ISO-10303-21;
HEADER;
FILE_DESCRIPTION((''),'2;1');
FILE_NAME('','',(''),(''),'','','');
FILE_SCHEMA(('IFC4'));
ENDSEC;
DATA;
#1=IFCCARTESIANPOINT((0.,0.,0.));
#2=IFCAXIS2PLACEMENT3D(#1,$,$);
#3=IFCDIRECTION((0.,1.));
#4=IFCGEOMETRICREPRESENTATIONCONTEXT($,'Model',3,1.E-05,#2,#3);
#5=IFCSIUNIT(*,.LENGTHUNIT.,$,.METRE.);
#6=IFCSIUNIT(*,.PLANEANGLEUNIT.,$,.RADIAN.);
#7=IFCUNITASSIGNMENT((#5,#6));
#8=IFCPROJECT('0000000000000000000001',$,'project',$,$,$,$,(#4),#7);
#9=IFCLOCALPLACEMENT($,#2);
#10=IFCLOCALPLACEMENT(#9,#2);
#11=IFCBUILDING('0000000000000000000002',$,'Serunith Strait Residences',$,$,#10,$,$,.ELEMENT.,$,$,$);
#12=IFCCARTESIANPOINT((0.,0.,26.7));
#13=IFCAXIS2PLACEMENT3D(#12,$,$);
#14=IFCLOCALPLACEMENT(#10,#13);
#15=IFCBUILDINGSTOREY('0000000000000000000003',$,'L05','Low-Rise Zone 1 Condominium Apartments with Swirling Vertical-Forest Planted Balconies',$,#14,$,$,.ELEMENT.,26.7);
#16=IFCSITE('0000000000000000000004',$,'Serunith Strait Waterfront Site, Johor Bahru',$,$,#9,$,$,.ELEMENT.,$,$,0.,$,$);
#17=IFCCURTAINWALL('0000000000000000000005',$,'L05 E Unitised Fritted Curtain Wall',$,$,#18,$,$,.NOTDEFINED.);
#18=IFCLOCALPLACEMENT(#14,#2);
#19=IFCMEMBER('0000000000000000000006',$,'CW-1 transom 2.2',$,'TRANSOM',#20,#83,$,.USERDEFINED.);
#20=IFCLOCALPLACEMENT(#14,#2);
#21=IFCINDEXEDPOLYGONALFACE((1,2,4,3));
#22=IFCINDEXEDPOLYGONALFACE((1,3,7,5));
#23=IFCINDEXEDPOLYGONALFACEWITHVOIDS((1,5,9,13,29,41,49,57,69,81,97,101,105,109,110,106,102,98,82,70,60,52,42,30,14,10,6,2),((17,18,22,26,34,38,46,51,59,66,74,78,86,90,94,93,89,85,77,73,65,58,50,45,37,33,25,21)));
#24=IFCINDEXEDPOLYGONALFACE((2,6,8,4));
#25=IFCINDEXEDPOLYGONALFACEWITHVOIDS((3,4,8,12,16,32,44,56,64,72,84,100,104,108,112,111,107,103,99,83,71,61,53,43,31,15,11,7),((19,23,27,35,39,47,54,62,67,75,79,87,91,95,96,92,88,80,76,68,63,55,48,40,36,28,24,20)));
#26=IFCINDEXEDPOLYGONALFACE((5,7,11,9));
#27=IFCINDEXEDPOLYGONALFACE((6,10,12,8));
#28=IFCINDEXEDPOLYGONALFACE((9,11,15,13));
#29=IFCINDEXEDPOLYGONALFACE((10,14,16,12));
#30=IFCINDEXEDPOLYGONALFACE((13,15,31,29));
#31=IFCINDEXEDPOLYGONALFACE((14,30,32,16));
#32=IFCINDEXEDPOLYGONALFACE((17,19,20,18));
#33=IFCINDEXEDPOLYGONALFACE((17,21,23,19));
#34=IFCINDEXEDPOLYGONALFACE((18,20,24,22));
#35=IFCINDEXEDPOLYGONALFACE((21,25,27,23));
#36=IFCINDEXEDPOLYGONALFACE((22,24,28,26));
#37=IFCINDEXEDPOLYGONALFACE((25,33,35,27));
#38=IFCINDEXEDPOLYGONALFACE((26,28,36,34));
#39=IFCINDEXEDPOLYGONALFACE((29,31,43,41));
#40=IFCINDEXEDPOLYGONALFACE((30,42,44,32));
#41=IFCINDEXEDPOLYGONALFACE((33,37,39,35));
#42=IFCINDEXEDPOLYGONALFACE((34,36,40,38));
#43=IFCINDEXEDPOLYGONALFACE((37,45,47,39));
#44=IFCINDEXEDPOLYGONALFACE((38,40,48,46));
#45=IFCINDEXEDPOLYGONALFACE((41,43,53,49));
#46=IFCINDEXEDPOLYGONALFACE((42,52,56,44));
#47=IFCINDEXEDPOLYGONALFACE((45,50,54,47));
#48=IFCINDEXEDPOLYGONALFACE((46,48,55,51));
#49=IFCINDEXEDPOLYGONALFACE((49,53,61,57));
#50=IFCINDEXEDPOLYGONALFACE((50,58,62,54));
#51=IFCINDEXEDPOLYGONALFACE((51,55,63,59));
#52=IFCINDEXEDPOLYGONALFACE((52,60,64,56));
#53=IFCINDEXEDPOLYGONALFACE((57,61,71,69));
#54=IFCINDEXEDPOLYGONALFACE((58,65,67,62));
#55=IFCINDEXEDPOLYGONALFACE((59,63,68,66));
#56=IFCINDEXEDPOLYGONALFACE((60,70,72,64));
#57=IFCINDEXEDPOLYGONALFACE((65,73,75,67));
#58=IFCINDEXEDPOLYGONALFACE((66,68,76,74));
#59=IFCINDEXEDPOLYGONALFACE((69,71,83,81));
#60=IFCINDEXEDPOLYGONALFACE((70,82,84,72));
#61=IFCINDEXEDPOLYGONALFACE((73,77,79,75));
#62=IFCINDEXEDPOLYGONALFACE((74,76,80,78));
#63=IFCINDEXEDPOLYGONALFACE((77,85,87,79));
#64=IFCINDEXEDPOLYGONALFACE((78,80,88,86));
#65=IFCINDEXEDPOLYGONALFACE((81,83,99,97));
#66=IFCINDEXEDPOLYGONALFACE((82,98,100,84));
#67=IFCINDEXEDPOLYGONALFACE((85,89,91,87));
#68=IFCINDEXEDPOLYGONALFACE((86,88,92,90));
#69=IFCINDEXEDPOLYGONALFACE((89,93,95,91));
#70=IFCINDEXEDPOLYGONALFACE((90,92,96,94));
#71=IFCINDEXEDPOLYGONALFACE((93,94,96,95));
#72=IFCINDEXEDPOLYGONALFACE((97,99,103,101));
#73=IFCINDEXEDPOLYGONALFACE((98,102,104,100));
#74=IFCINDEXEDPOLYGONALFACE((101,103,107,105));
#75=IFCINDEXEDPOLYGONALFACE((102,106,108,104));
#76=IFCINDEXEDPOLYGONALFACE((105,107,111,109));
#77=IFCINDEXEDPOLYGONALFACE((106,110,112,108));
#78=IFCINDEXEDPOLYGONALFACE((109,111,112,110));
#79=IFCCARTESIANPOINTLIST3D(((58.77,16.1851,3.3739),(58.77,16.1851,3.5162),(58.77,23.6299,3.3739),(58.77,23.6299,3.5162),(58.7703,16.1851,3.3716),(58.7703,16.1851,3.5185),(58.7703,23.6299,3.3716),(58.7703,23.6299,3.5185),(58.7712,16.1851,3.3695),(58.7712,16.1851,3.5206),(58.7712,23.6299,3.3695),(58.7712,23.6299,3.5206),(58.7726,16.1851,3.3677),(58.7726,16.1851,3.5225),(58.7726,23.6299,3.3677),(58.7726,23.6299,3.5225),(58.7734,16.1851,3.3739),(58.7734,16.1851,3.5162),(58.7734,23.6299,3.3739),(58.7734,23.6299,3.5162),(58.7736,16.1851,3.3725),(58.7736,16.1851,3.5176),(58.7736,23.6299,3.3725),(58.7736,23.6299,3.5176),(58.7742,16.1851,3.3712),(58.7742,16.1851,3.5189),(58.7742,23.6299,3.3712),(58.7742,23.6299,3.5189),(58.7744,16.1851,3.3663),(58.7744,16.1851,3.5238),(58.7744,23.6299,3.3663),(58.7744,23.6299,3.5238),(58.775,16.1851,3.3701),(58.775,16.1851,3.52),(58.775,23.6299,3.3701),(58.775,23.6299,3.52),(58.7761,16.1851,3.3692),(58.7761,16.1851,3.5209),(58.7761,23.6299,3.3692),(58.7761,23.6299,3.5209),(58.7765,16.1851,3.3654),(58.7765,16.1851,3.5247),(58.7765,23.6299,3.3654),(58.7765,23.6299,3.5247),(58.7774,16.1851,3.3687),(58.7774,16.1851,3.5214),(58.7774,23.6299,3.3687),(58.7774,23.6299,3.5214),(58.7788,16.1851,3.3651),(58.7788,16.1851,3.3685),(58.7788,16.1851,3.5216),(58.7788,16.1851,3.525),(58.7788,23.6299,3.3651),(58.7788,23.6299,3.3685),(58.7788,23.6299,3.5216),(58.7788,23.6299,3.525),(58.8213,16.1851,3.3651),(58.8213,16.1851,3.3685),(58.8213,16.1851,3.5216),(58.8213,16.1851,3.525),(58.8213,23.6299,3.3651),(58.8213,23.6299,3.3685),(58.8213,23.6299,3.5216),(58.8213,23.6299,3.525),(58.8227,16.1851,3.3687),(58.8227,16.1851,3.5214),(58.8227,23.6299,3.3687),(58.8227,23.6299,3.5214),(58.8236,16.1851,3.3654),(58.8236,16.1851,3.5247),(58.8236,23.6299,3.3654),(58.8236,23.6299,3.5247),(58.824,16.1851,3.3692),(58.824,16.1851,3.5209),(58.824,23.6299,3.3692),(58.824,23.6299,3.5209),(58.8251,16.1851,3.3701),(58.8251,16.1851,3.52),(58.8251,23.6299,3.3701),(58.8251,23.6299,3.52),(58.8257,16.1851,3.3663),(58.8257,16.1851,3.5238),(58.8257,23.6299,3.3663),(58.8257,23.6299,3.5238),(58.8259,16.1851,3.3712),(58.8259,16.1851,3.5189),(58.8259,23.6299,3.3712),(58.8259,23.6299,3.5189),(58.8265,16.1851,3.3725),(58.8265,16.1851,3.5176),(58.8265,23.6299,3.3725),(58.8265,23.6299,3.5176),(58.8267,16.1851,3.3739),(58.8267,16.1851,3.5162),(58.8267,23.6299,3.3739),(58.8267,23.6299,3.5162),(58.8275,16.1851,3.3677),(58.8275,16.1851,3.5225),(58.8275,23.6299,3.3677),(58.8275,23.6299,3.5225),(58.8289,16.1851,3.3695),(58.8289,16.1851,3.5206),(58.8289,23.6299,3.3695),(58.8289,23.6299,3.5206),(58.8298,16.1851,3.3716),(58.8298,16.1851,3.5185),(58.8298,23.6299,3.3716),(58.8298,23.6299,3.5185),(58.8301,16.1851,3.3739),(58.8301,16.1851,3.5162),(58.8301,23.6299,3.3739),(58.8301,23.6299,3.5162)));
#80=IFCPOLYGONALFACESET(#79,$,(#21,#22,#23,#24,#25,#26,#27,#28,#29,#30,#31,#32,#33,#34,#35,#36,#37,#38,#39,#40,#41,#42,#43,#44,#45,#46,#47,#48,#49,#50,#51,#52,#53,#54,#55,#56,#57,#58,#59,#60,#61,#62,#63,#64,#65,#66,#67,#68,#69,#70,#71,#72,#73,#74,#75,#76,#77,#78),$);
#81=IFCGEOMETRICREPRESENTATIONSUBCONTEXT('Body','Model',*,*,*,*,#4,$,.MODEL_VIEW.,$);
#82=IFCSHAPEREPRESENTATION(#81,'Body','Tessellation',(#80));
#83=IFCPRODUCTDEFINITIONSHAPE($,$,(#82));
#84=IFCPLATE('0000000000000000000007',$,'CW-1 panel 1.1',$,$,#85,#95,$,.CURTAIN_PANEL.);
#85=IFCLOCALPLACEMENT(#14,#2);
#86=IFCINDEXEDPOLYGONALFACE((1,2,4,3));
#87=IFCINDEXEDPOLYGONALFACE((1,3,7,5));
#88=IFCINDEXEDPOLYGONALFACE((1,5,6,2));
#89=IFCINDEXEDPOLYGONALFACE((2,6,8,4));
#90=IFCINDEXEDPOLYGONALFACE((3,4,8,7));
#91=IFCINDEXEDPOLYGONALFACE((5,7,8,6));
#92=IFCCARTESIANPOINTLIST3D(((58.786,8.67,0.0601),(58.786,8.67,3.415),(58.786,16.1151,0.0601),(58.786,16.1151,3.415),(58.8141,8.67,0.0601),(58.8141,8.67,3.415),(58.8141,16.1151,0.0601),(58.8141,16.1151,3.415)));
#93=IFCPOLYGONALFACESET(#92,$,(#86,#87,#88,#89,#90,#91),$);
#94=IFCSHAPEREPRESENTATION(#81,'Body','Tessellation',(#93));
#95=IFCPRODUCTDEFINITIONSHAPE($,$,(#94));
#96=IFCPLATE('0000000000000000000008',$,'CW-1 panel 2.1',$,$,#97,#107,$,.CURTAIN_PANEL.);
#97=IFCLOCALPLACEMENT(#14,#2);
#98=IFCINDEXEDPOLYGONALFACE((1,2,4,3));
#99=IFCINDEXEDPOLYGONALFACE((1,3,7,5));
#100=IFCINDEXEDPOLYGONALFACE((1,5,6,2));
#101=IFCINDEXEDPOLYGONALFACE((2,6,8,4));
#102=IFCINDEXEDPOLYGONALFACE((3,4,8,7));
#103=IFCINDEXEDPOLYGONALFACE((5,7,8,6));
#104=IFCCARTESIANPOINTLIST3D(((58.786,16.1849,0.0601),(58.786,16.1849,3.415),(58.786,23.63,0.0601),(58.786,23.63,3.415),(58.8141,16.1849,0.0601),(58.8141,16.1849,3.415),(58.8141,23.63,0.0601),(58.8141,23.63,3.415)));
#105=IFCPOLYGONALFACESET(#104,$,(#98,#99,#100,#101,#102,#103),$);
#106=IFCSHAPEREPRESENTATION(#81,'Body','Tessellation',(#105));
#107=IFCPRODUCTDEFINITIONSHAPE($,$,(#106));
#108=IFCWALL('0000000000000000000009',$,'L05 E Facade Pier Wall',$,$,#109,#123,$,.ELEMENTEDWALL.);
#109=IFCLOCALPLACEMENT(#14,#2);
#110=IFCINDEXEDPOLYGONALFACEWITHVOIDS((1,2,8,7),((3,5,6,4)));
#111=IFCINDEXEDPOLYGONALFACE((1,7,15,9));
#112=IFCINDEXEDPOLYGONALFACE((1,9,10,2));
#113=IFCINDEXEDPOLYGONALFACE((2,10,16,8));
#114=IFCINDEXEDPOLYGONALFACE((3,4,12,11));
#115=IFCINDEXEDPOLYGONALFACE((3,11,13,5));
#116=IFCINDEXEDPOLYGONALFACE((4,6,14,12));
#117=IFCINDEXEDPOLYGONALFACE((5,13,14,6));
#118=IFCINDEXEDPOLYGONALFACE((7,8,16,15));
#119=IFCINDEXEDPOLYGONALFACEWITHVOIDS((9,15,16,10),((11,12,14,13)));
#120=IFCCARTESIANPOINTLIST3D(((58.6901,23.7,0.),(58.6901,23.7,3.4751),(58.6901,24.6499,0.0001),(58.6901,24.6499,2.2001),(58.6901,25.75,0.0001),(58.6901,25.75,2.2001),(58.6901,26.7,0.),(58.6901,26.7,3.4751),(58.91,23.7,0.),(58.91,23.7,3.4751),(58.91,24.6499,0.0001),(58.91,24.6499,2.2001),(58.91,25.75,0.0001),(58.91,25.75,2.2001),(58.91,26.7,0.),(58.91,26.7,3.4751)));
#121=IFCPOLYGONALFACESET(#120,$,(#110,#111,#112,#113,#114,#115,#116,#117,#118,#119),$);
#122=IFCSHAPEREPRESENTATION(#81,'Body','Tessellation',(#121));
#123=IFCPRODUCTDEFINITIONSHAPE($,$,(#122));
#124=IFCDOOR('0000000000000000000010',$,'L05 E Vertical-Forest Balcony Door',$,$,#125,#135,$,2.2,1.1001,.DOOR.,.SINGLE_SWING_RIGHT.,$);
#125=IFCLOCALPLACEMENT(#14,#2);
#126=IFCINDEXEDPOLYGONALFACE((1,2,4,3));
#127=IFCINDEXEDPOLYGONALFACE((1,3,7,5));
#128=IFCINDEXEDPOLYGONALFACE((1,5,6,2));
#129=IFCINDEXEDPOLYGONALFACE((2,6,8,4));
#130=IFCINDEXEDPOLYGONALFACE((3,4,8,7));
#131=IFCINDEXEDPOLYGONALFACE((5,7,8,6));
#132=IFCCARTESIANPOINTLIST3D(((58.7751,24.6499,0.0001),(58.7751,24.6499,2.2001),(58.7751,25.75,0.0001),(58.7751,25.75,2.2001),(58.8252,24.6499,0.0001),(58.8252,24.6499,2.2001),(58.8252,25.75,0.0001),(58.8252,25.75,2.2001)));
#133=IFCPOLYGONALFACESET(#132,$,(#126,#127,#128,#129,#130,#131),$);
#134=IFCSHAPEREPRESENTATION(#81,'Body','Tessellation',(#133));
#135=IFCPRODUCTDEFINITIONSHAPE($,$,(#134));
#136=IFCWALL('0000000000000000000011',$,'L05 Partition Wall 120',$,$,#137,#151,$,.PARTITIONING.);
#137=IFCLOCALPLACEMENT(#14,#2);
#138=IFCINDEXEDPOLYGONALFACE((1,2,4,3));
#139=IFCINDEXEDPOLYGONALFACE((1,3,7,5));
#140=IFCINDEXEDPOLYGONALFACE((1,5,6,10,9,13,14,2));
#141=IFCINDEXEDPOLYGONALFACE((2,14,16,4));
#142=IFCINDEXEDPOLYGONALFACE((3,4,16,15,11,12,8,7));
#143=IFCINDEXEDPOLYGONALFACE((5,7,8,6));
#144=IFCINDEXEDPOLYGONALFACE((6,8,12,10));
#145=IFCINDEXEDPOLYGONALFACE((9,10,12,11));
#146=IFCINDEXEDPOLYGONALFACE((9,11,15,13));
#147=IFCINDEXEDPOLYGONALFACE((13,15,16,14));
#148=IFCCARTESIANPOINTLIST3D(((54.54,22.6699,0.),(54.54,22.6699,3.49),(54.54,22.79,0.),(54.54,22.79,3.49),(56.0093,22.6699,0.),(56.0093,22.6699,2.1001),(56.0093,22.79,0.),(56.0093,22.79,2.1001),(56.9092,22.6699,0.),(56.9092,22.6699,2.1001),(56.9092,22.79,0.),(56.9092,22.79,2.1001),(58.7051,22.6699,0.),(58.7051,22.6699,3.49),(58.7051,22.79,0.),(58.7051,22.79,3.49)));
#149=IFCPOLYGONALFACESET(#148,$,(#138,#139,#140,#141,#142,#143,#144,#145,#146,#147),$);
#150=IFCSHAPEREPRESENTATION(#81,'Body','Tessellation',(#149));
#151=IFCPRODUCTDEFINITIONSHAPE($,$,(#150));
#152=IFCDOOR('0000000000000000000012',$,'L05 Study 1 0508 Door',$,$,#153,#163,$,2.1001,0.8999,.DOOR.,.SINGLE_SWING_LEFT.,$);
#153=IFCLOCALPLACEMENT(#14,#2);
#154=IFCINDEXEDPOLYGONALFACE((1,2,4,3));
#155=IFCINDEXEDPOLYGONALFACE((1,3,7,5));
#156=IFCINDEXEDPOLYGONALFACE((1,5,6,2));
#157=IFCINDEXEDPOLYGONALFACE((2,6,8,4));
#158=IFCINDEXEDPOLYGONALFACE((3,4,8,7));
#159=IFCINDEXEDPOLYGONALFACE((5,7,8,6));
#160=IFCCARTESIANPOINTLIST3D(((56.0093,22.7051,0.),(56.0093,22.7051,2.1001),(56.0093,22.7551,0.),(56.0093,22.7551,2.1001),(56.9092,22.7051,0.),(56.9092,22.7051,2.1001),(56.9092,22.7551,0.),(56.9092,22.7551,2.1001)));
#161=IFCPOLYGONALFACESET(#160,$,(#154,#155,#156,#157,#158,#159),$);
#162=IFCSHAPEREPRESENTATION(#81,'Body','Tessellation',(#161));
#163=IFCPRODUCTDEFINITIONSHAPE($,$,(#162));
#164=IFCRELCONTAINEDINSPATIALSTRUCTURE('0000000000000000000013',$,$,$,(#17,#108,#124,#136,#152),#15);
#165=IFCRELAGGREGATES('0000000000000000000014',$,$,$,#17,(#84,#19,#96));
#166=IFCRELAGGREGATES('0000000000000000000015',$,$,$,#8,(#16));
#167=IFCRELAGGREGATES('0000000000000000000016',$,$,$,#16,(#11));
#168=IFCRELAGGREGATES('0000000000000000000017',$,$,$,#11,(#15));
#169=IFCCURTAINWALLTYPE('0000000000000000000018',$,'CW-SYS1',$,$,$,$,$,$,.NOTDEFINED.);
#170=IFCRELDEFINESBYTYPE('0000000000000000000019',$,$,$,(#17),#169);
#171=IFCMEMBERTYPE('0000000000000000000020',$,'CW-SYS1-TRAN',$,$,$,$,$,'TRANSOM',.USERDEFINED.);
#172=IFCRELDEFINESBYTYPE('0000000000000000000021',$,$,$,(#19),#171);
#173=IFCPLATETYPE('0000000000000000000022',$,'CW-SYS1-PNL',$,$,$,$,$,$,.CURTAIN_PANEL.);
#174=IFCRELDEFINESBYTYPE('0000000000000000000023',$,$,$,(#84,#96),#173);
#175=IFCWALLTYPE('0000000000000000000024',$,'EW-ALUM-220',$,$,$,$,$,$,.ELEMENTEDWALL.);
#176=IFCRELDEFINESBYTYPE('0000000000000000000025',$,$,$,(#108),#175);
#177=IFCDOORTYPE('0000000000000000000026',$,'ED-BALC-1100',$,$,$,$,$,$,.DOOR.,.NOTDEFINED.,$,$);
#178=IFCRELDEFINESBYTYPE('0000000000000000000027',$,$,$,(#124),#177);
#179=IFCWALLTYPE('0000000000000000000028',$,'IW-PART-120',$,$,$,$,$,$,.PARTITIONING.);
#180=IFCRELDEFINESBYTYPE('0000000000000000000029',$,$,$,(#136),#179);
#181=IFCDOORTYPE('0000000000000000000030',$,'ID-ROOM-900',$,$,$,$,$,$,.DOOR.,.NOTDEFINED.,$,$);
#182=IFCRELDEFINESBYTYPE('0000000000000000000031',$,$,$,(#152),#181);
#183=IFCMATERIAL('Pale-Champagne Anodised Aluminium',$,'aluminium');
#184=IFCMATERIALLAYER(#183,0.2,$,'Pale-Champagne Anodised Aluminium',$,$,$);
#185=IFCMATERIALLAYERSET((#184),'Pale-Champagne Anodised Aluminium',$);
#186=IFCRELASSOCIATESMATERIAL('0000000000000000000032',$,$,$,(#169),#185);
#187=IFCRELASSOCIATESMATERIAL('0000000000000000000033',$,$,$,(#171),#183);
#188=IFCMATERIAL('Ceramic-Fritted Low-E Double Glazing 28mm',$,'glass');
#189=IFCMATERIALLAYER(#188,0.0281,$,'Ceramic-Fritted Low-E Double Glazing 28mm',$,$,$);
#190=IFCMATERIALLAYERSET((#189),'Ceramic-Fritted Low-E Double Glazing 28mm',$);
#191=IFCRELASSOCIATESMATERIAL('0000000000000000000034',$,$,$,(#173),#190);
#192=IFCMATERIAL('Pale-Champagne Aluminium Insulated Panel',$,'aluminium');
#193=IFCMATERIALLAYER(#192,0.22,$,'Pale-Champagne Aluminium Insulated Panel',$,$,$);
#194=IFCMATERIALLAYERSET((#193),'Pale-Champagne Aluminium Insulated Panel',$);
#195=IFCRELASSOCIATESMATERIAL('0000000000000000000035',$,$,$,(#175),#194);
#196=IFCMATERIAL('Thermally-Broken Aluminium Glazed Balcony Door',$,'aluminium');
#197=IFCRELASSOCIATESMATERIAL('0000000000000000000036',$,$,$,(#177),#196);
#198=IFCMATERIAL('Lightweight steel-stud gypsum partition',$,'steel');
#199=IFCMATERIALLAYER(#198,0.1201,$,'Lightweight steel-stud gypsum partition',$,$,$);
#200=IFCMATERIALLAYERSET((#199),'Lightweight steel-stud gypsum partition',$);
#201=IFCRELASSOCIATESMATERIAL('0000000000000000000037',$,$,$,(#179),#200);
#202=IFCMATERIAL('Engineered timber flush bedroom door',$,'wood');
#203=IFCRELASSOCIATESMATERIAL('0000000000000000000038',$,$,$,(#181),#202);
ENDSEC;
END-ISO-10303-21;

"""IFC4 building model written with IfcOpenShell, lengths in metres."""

from ifc_helpers import new_model, si_unit, direction, frame, frame_2d, origin, origin_2d, place, context, subcontext, project, spatial, rectangle, hollow_rectangle, extrude, source, transform, mapped, material, layer, layer_set, material_profile, profile_set, type_object, element, fill, aggregate, save


model = new_model("IFC4")

# Units and contexts
model_context = context("Model", 3, precision=1e-05, world=origin(), true_north=direction((0.0, 1.0)))
body_context = subcontext(model_context, "Body", "Model", "MODEL_VIEW")
ifc_project = project(units=[si_unit("LENGTHUNIT", "METRE"), si_unit("PLANEANGLEUNIT", "RADIAN")], contexts=[model_context])

# Site, building, storey
site_placement = place(None, origin())
site = spatial("IfcSite", under=ifc_project, at=site_placement, Name="Serunith Strait Waterfront Site, Johor Bahru", CompositionType="ELEMENT", RefElevation=0.0)
building_placement = place(site_placement, origin())
building = spatial("IfcBuilding", under=site, at=building_placement, Name="Serunith Strait Residences", CompositionType="ELEMENT")
storey_placement = place(building_placement, frame((0.0, 0.0, 26.7)))
storey = spatial("IfcBuildingStorey", under=building, at=storey_placement, Name="L05", Description="Low-Rise Zone 1 Condominium Apartments with Swirling Vertical-Forest Planted Balconies", CompositionType="ELEMENT", Elevation=26.7)

# Curtain wall, member, plates
ifc_material_1 = material(Name="Pale-Champagne Anodised Aluminium", Category="aluminium")
ifc_layer_1 = layer(ifc_material_1, 0.2, Name="Pale-Champagne Anodised Aluminium")
ifc_layer_set_1 = layer_set([ifc_layer_1], Name="Pale-Champagne Anodised Aluminium")
curtain_wall_type = type_object("IfcCurtainWallType", Name="CW-SYS1", PredefinedType="NOTDEFINED", material=ifc_layer_set_1)
curtain_wall_placement = place(storey_placement, origin())
curtain_wall = element("IfcCurtainWall", 1, at=curtain_wall_placement, inside=storey, type_object=curtain_wall_type, Name="L05 E Unitised Fritted Curtain Wall", PredefinedType="NOTDEFINED")
ifc_material_profile_1 = material_profile(ifc_material_1, hollow_rectangle(XDim=0.0601, YDim=0.1599, WallThickness=0.0034, InnerFilletRadius=0.0054, OuterFilletRadius=0.0088, at=origin_2d()), Name="ALU 160x60x3.5")
ifc_profile_set_1 = profile_set([ifc_material_profile_1], Name="Pale-Champagne Anodised Aluminium")
member_type_1 = type_object("IfcMemberType", Name="CW-SYS1-TRAN", ElementType="TRANSOM", PredefinedType="USERDEFINED", material=ifc_profile_set_1)
shared_shape_1 = source(origin(), body_context, "Body", "SweptSolid", [
    extrude(hollow_rectangle(XDim=0.0601, YDim=0.1599, WallThickness=0.0034, InnerFilletRadius=0.0054, OuterFilletRadius=0.0088, at=origin_2d()), origin(), (0.0, 0.0, 1.0), 7.4448),
])
member_1_placement = place(storey_placement, frame((58.8, 16.1851, 3.4451), z_axis=(0.0, 1.0, 0.0), x_axis=(-1.0, 0.0, 0.0)))
member_1 = element("IfcMember", 2, at=member_1_placement, type_object=member_type_1, Name="CW-1 transom 2.2", ObjectType="TRANSOM", PredefinedType="USERDEFINED", context=body_context, shape_type="MappedRepresentation", body=[
    mapped(shared_shape_1, transform((0.0, 0.0, 0.0), scale=1.0)),
])
ifc_material_2 = material(Name="Ceramic-Fritted Low-E Double Glazing 28mm", Category="glass")
ifc_layer_2 = layer(ifc_material_2, 0.0281, Name="Ceramic-Fritted Low-E Double Glazing 28mm")
ifc_layer_set_2 = layer_set([ifc_layer_2], Name="Ceramic-Fritted Low-E Double Glazing 28mm")
plate_type = type_object("IfcPlateType", Name="CW-SYS1-PNL", PredefinedType="CURTAIN_PANEL", material=ifc_layer_set_2)
shared_shape_2 = source(origin(), body_context, "Body", "SweptSolid", [
    extrude(rectangle(XDim=7.4451, YDim=0.0281, at=origin_2d()), origin(), (0.0, 0.0, 1.0), 3.355),
])
plate_1_placement = place(storey_placement, frame((58.8, 12.3926, 0.0601), z_axis=(0.0, 0.0, 1.0), x_axis=(0.0, 1.0, 0.0)))
plate_1 = element("IfcPlate", 3, at=plate_1_placement, type_object=plate_type, Name="CW-1 panel 1.1", PredefinedType="CURTAIN_PANEL", context=body_context, shape_type="MappedRepresentation", body=[
    mapped(shared_shape_2, transform((0.0, 0.0, 0.0), scale=1.0)),
])
plate_2_placement = place(storey_placement, frame((58.8, 19.9075, 0.0601), z_axis=(0.0, 0.0, 1.0), x_axis=(0.0, 1.0, 0.0)))
plate_2 = element("IfcPlate", 4, at=plate_2_placement, type_object=plate_type, Name="CW-1 panel 2.1", PredefinedType="CURTAIN_PANEL", context=body_context, shape_type="MappedRepresentation", body=[
    mapped(shared_shape_2, transform((0.0, 0.0, 0.0), scale=1.0)),
])
aggregate(curtain_wall, [plate_1, member_1, plate_2])

# Walls, openings, doors
ifc_material_3 = material(Name="Pale-Champagne Aluminium Insulated Panel", Category="aluminium")
ifc_layer_3 = layer(ifc_material_3, 0.22, Name="Pale-Champagne Aluminium Insulated Panel")
ifc_layer_set_3 = layer_set([ifc_layer_3], Name="Pale-Champagne Aluminium Insulated Panel")
wall_type_1 = type_object("IfcWallType", Name="EW-ALUM-220", PredefinedType="ELEMENTEDWALL", material=ifc_layer_set_3)
wall_1_placement = place(storey_placement, frame((58.8, 23.7, 0.0), z_axis=(0.0, 0.0, 1.0), x_axis=(0.0, 1.0, 0.0)))
wall_1 = element("IfcWall", 5, at=wall_1_placement, inside=storey, type_object=wall_type_1, Name="L05 E Facade Pier Wall", PredefinedType="ELEMENTEDWALL", context=body_context, shape_type="SweptSolid", body=[
    extrude(rectangle(XDim=3.0, YDim=0.22, at=frame_2d((1.5, 0.0))), origin(), (0.0, 0.0, 1.0), 3.4751),
])
opening_1_placement = place(wall_1_placement, frame((0.95, 0.0, 0.0)))
opening_1 = element("IfcOpeningElement", 6, at=opening_1_placement, cuts=wall_1, PredefinedType="OPENING", context=body_context, shape_type="SweptSolid", body=[
    extrude(rectangle(XDim=1.1001, YDim=2.2, at=frame_2d((0.55, 1.1001))), frame((0.0, 0.1201, 0.0), z_axis=(0.0, -1.0, 0.0), x_axis=(1.0, 0.0, 0.0)), (0.0, 0.0, 1.0), 0.24),
])
ifc_material_4 = material(Name="Thermally-Broken Aluminium Glazed Balcony Door", Category="aluminium")
door_type_1 = type_object("IfcDoorType", Name="ED-BALC-1100", OperationType="NOTDEFINED", PredefinedType="DOOR", material=ifc_material_4)
shared_shape_3 = source(origin(), body_context, "Body", "SweptSolid", [
    extrude(rectangle(XDim=1.1001, YDim=2.2, at=frame_2d((0.55, 1.1001))), frame((0.0, 0.0249, 0.0), z_axis=(0.0, -1.0, 0.0), x_axis=(1.0, 0.0, 0.0)), (0.0, 0.0, 1.0), 0.05),
])
door_1_placement = place(opening_1_placement, origin())
door_1 = element("IfcDoor", 7, at=door_1_placement, inside=storey, type_object=door_type_1, Name="L05 E Vertical-Forest Balcony Door", OperationType="SINGLE_SWING_RIGHT", OverallHeight=2.2, OverallWidth=1.1001, PredefinedType="DOOR", context=body_context, shape_type="MappedRepresentation", body=[
    mapped(shared_shape_3, transform((0.0, 0.0, 0.0), scale=1.0)),
])
fill(opening_1, door_1)
ifc_material_5 = material(Name="Lightweight steel-stud gypsum partition", Category="steel")
ifc_layer_4 = layer(ifc_material_5, 0.1201, Name="Lightweight steel-stud gypsum partition")
ifc_layer_set_4 = layer_set([ifc_layer_4], Name="Lightweight steel-stud gypsum partition")
wall_type_2 = type_object("IfcWallType", Name="IW-PART-120", PredefinedType="PARTITIONING", material=ifc_layer_set_4)
wall_2_placement = place(storey_placement, frame((58.7051, 22.73, 0.0), z_axis=(0.0, 0.0, 1.0), x_axis=(-1.0, 0.0, 0.0)))
wall_2 = element("IfcWall", 8, at=wall_2_placement, inside=storey, type_object=wall_type_2, Name="L05 Partition Wall 120", PredefinedType="PARTITIONING", context=body_context, shape_type="SweptSolid", body=[
    extrude(rectangle(XDim=4.165, YDim=0.1201, at=frame_2d((2.0825, 0.0))), origin(), (0.0, 0.0, 1.0), 3.49),
])
opening_2_placement = place(wall_2_placement, frame((1.7959, 0.0, 0.0)))
opening_2 = element("IfcOpeningElement", 9, at=opening_2_placement, cuts=wall_2, PredefinedType="OPENING", context=body_context, shape_type="SweptSolid", body=[
    extrude(rectangle(XDim=0.8999, YDim=2.1001, at=frame_2d((0.45, 1.05))), frame((0.0, 0.0701, 0.0), z_axis=(0.0, -1.0, 0.0), x_axis=(1.0, 0.0, 0.0)), (0.0, 0.0, 1.0), 0.1401),
])
ifc_material_6 = material(Name="Engineered timber flush bedroom door", Category="wood")
door_type_2 = type_object("IfcDoorType", Name="ID-ROOM-900", OperationType="NOTDEFINED", PredefinedType="DOOR", material=ifc_material_6)
shared_shape_4 = source(origin(), body_context, "Body", "SweptSolid", [
    extrude(rectangle(XDim=0.8999, YDim=2.1001, at=frame_2d((0.45, 1.05))), frame((0.0, 0.0249, 0.0), z_axis=(0.0, -1.0, 0.0), x_axis=(1.0, 0.0, 0.0)), (0.0, 0.0, 1.0), 0.05),
])
door_2_placement = place(opening_2_placement, origin())
door_2 = element("IfcDoor", 10, at=door_2_placement, inside=storey, type_object=door_type_2, Name="L05 Study 1 0508 Door", OperationType="SINGLE_SWING_LEFT", OverallHeight=2.1001, OverallWidth=0.8999, PredefinedType="DOOR", context=body_context, shape_type="MappedRepresentation", body=[
    mapped(shared_shape_4, transform((0.0, 0.0, 0.0), scale=1.0)),
])
fill(opening_2, door_2)

save(model, "model.ifc")
